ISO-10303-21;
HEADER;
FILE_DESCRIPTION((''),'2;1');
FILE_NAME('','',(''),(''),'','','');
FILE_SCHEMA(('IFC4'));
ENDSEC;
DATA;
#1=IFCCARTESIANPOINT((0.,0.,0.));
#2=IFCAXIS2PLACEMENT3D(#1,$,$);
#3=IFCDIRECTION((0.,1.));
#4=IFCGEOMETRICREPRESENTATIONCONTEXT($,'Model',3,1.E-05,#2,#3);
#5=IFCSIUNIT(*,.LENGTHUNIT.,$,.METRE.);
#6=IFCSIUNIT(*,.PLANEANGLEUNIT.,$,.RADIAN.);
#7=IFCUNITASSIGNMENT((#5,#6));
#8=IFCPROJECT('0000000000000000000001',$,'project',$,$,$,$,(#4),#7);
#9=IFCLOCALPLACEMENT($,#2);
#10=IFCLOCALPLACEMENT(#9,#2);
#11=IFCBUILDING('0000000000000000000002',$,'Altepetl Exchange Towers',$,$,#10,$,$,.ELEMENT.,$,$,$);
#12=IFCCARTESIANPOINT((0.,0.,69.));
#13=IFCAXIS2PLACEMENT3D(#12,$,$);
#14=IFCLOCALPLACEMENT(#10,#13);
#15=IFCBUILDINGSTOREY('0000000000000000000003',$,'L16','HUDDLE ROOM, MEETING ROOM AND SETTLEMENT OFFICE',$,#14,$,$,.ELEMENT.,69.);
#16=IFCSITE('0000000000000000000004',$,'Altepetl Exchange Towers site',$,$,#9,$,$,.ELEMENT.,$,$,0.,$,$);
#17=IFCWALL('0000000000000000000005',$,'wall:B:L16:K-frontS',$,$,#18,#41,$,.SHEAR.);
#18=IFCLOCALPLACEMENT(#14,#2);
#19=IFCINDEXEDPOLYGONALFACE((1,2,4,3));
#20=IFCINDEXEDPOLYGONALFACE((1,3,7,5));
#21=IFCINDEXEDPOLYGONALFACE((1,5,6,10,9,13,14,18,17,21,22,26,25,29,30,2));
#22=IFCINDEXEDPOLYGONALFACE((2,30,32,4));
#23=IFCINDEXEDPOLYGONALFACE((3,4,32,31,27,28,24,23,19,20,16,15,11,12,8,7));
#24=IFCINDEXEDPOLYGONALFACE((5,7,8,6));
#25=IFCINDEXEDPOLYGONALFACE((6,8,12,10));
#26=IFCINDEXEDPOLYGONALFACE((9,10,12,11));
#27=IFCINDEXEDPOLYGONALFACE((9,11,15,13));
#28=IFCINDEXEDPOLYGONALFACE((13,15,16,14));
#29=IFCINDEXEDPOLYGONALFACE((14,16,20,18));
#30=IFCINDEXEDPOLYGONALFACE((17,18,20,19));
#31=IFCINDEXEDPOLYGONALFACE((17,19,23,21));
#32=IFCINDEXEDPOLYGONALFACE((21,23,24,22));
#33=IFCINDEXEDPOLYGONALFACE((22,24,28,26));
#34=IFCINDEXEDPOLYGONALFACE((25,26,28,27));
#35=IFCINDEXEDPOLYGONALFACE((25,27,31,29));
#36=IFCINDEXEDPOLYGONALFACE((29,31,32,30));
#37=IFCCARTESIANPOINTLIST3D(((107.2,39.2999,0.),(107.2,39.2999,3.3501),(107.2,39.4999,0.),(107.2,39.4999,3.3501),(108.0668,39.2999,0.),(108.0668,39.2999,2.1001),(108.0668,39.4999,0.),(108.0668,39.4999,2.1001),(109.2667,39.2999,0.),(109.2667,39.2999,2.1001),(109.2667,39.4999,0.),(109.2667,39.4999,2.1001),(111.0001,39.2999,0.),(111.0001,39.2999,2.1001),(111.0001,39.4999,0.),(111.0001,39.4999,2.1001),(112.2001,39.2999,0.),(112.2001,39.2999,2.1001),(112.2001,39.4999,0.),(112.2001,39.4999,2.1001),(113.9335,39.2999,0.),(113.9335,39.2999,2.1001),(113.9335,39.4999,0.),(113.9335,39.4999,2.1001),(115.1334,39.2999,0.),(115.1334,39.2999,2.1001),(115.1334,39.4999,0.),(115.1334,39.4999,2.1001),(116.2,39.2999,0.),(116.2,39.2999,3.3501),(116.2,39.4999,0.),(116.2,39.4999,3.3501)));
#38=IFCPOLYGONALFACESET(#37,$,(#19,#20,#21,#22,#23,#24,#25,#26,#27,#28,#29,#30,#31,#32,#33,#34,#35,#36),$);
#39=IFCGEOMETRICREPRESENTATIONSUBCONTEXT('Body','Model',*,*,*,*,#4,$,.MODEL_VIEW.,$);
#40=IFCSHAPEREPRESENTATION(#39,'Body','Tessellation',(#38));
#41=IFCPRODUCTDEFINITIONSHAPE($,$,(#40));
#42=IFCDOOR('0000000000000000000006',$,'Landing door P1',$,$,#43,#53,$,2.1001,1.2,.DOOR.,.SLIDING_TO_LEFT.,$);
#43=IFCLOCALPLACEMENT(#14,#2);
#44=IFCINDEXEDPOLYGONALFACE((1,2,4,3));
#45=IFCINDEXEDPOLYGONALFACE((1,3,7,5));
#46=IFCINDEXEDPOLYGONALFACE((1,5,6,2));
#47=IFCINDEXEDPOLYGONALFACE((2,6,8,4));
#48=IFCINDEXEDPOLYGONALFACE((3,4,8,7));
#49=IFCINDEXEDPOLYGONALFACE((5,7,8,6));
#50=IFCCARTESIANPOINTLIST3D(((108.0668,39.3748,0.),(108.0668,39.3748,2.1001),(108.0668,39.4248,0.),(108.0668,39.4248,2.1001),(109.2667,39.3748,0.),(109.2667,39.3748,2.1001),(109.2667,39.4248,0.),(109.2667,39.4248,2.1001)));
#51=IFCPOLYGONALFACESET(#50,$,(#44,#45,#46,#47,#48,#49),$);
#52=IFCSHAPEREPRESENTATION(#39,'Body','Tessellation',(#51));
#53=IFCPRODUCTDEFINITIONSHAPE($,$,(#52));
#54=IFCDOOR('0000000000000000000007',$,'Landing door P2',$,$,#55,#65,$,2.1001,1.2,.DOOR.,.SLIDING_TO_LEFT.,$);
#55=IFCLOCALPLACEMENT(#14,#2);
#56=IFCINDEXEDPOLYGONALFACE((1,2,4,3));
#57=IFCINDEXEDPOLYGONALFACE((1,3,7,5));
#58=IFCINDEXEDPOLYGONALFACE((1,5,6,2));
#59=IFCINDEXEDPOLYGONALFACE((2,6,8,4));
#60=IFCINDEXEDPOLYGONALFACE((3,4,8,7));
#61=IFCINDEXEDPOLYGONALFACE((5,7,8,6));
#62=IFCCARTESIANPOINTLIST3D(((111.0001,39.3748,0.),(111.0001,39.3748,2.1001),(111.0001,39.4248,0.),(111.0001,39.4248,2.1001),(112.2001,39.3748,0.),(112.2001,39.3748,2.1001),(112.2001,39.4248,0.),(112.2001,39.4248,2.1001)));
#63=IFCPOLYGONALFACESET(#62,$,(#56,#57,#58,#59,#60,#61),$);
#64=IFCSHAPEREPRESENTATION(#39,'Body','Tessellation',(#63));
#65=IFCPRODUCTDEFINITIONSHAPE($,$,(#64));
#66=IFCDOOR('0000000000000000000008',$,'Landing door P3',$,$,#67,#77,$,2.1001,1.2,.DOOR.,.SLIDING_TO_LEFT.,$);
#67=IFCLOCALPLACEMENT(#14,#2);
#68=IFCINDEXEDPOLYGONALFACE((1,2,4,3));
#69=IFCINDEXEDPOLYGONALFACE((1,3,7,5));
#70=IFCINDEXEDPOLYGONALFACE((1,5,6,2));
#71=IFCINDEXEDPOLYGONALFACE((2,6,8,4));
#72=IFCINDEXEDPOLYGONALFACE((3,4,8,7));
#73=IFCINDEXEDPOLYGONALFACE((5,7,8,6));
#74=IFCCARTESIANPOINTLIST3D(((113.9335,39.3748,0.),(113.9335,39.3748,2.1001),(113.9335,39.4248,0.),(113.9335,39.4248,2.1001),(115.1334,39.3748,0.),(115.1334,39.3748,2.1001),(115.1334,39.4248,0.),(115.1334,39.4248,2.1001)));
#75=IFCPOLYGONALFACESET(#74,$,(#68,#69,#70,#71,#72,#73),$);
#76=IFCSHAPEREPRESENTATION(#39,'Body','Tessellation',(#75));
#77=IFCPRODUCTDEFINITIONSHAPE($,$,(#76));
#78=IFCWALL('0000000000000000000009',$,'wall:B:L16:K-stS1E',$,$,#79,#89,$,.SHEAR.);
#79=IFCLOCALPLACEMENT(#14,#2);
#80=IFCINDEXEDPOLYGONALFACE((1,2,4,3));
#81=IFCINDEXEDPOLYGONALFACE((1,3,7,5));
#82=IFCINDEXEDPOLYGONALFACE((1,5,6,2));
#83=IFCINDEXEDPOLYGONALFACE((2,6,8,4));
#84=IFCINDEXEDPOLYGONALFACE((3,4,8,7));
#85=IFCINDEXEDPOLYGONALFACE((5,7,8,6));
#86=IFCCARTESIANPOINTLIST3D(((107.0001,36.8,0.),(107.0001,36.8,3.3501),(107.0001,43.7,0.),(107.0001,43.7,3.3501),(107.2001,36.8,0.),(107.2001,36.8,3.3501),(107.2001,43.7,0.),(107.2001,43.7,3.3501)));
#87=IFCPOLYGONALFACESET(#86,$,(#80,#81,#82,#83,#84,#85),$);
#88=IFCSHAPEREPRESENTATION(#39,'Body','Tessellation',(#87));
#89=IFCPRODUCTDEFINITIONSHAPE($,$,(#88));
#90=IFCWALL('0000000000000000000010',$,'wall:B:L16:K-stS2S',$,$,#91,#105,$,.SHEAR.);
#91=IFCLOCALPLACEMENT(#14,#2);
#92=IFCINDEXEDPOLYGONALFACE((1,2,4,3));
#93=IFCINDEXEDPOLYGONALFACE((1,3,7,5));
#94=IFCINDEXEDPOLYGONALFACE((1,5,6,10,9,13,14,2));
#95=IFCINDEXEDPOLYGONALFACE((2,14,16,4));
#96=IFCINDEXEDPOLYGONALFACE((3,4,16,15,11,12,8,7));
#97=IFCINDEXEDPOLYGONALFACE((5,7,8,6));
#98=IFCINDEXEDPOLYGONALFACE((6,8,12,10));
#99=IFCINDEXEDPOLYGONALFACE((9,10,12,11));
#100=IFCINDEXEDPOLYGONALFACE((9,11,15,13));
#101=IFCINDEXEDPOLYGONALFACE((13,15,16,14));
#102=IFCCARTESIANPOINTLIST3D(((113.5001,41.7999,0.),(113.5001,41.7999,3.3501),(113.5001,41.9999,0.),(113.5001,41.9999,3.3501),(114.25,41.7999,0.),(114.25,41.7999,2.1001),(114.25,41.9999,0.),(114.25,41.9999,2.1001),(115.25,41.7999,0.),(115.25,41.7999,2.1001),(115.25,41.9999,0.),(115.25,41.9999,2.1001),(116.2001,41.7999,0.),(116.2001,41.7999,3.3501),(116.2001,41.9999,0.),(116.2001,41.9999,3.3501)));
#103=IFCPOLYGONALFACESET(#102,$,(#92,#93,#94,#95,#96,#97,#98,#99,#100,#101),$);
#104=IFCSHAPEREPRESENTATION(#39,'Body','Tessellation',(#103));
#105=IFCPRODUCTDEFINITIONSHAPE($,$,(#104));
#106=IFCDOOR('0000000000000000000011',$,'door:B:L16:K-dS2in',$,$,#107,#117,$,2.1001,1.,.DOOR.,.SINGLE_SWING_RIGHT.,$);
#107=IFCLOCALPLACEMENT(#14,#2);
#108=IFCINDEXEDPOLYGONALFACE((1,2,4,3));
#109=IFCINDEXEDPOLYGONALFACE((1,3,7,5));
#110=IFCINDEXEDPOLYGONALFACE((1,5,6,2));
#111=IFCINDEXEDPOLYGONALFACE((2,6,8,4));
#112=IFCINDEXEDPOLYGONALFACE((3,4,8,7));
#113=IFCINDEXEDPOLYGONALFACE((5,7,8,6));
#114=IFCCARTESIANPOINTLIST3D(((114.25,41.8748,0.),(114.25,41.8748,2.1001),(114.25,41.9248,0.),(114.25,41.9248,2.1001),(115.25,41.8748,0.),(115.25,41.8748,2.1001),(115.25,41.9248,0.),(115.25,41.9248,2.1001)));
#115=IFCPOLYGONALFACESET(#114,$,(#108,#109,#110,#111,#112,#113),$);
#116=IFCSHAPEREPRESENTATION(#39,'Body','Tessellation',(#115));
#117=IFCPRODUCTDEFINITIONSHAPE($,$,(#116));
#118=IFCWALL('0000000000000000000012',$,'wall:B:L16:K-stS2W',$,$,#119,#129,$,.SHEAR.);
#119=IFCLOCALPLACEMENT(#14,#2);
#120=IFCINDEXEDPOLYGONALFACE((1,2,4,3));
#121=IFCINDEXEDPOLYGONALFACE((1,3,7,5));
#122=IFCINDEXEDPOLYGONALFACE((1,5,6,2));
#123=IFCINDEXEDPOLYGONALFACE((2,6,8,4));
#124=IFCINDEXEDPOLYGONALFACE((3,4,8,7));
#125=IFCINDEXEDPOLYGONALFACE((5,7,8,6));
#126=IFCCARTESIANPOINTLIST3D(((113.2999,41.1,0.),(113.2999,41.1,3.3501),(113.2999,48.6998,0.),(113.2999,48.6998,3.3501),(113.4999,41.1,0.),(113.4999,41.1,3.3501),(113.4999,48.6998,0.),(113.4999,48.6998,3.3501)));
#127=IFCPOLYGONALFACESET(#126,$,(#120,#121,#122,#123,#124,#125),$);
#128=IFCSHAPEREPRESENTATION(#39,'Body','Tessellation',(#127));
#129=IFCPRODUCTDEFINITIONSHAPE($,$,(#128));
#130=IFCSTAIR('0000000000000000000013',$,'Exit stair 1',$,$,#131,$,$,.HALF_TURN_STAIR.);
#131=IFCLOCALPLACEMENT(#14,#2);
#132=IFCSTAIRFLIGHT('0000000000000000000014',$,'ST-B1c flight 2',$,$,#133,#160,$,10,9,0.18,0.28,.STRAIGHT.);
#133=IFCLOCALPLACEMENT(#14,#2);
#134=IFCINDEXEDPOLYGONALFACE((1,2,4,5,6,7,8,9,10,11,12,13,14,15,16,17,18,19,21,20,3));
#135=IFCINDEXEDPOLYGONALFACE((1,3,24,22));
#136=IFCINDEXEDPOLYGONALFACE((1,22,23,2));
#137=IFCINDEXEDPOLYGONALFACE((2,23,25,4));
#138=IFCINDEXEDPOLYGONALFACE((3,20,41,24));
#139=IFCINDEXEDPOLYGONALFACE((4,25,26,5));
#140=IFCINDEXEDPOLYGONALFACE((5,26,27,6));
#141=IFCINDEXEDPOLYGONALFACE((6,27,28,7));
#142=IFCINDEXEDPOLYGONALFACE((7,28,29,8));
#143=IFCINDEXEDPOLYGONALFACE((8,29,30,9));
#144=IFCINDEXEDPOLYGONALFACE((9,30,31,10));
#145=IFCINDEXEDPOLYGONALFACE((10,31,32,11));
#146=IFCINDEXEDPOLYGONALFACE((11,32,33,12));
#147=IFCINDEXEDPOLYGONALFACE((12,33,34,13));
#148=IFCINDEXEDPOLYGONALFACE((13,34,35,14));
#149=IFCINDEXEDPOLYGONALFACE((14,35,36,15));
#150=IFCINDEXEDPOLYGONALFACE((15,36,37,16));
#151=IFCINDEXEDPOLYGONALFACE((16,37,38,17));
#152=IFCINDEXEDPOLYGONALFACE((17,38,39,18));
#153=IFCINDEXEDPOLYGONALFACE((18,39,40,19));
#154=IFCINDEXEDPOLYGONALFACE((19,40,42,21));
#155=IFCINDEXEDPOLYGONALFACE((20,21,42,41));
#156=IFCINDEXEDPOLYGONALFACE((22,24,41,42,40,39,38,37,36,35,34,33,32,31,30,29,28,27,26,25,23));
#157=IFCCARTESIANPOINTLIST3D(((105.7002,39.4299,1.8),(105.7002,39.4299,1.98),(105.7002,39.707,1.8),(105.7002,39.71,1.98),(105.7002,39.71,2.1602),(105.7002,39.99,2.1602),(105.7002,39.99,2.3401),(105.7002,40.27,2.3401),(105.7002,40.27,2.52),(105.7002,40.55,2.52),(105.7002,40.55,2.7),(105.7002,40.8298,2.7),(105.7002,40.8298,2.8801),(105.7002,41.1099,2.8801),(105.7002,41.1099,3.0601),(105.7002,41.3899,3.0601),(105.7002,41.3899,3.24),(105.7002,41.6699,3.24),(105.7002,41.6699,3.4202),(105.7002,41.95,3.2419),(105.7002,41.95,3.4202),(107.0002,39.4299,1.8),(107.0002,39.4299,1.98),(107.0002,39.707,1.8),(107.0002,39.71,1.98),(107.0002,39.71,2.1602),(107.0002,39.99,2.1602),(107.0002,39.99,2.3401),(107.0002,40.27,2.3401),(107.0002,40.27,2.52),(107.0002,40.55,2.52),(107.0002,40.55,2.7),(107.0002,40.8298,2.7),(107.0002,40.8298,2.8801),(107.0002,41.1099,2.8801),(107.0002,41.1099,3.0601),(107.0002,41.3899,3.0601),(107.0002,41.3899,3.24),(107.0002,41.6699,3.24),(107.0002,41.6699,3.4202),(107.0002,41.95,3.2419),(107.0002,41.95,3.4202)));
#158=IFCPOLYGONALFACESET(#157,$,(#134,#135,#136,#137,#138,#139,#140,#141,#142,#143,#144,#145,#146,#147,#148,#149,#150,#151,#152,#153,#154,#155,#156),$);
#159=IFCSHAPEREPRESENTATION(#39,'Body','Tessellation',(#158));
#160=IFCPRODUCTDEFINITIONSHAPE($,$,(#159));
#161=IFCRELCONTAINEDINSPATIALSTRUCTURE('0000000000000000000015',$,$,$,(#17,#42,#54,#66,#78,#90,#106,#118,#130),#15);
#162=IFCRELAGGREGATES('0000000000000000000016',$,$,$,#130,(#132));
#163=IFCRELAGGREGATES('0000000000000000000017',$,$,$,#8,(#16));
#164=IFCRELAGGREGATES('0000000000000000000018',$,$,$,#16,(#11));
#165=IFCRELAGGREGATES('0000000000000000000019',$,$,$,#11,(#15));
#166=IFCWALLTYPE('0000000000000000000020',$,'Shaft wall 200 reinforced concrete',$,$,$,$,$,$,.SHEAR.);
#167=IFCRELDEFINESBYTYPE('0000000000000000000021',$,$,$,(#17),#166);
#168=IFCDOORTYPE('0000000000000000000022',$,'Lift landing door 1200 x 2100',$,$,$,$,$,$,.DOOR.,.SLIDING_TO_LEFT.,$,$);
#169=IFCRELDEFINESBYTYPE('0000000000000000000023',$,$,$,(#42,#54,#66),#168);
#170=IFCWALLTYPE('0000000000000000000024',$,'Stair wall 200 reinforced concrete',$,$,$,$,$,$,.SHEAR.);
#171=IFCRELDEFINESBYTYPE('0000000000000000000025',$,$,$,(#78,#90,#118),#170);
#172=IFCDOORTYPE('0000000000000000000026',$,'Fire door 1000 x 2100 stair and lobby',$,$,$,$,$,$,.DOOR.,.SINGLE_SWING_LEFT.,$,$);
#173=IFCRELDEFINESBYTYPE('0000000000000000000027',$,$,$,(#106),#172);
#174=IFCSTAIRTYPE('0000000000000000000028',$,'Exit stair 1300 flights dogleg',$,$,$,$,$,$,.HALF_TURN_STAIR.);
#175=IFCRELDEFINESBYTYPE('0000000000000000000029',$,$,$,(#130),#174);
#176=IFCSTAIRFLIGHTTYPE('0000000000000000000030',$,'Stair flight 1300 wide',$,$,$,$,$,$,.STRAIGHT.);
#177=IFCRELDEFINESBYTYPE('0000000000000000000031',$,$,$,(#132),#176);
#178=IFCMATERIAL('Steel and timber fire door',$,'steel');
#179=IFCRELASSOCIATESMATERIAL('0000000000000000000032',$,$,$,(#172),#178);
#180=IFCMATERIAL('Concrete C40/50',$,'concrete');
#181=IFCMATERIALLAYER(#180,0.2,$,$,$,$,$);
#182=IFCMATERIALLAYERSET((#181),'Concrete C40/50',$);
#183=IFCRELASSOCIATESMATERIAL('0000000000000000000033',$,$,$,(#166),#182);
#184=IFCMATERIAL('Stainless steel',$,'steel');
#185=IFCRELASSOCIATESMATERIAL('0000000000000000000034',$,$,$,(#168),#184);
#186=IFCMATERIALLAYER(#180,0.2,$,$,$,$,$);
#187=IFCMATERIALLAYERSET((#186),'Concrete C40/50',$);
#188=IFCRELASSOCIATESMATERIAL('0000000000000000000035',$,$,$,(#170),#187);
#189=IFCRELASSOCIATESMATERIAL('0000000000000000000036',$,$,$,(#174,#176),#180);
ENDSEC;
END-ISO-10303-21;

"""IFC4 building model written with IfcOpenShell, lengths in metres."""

from ifc_helpers import new_model, si_unit, direction, frame, frame_2d, origin, place, context, subcontext, project, spatial, polyline, rectangle, outline, extrude, material, layer, layer_set, type_object, element, fill, aggregate, save


model = new_model("IFC4")

# Units and contexts
model_context = context("Model", 3, precision=1e-05, world=origin(), true_north=direction((0.0, 1.0)))
body_context = subcontext(model_context, "Body", "Model", "MODEL_VIEW")
ifc_project = project(units=[si_unit("LENGTHUNIT", "METRE"), si_unit("PLANEANGLEUNIT", "RADIAN")], contexts=[model_context])

# Site, building, storey
site_placement = place(None, origin())
site = spatial("IfcSite", under=ifc_project, at=site_placement, Name="Altepetl Exchange Towers site", CompositionType="ELEMENT", RefElevation=0.0)
building_placement = place(site_placement, origin())
building = spatial("IfcBuilding", under=site, at=building_placement, Name="Altepetl Exchange Towers", CompositionType="ELEMENT")
storey_placement = place(building_placement, frame((0.0, 0.0, 69.0)))
storey = spatial("IfcBuildingStorey", under=building, at=storey_placement, Name="L16", Description="HUDDLE ROOM, MEETING ROOM AND SETTLEMENT OFFICE", CompositionType="ELEMENT", Elevation=69.0)

# Shared definitions
ifc_material_1 = material(Name="Steel and timber fire door", Category="steel")
door_type_1 = type_object("IfcDoorType", Name="Fire door 1000 x 2100 stair and lobby", OperationType="SINGLE_SWING_LEFT", PredefinedType="DOOR", material=ifc_material_1)

# Shared definitions
ifc_material_2 = material(Name="Concrete C40/50", Category="concrete")
ifc_layer_1 = layer(ifc_material_2, 0.2)
ifc_layer_set_1 = layer_set([ifc_layer_1], Name="Concrete C40/50")
wall_type_1 = type_object("IfcWallType", Name="Shaft wall 200 reinforced concrete", PredefinedType="SHEAR", material=ifc_layer_set_1)

# Wall, openings, doors
wall_1_placement = place(storey_placement, frame((107.2, 39.3999, 0.0)))
wall_1 = element("IfcWall", 1, at=wall_1_placement, inside=storey, type_object=wall_type_1, Name="wall:B:L16:K-frontS", PredefinedType="SHEAR", context=body_context, shape_type="SweptSolid", body=[
    extrude(rectangle(XDim=9.0, YDim=0.2, at=frame_2d((4.5, 0.0))), origin(), (0.0, 0.0, 1.0), 3.3501),
])
opening_1_placement = place(wall_1_placement, frame((0.8667, 0.0, 0.0)))
opening_1 = element("IfcOpeningElement", 2, at=opening_1_placement, cuts=wall_1, PredefinedType="OPENING", context=body_context, shape_type="SweptSolid", body=[
    extrude(rectangle(XDim=1.2, YDim=2.1001, at=frame_2d((0.6001, 1.05))), frame((0.0, 0.1099, 0.0), z_axis=(0.0, -1.0, 0.0), x_axis=(1.0, 0.0, 0.0)), (0.0, 0.0, 1.0), 0.22),
])
opening_2_placement = place(wall_1_placement, frame((3.8, 0.0, 0.0)))
opening_2 = element("IfcOpeningElement", 3, at=opening_2_placement, cuts=wall_1, PredefinedType="OPENING", context=body_context, shape_type="SweptSolid", body=[
    extrude(rectangle(XDim=1.2, YDim=2.1001, at=frame_2d((0.6001, 1.05))), frame((0.0, 0.1099, 0.0), z_axis=(0.0, -1.0, 0.0), x_axis=(1.0, 0.0, 0.0)), (0.0, 0.0, 1.0), 0.22),
])
opening_3_placement = place(wall_1_placement, frame((6.7334, 0.0, 0.0)))
opening_3 = element("IfcOpeningElement", 4, at=opening_3_placement, cuts=wall_1, PredefinedType="OPENING", context=body_context, shape_type="SweptSolid", body=[
    extrude(rectangle(XDim=1.2, YDim=2.1001, at=frame_2d((0.6001, 1.05))), frame((0.0, 0.1099, 0.0), z_axis=(0.0, -1.0, 0.0), x_axis=(1.0, 0.0, 0.0)), (0.0, 0.0, 1.0), 0.22),
])
ifc_material_3 = material(Name="Stainless steel", Category="steel")
door_type_2 = type_object("IfcDoorType", Name="Lift landing door 1200 x 2100", OperationType="SLIDING_TO_LEFT", PredefinedType="DOOR", material=ifc_material_3)
door_1_placement = place(opening_1_placement, origin())
door_1 = element("IfcDoor", 5, at=door_1_placement, inside=storey, type_object=door_type_2, Name="Landing door P1", OperationType="SLIDING_TO_LEFT", OverallHeight=2.1001, OverallWidth=1.2, PredefinedType="DOOR", context=body_context, shape_type="SweptSolid", body=[
    extrude(rectangle(XDim=1.2, YDim=2.1001, at=frame_2d((0.6001, 1.05))), frame((0.0, 0.0249, 0.0), z_axis=(0.0, -1.0, 0.0), x_axis=(1.0, 0.0, 0.0)), (0.0, 0.0, 1.0), 0.05),
])
fill(opening_1, door_1)
door_2_placement = place(opening_2_placement, origin())
door_2 = element("IfcDoor", 6, at=door_2_placement, inside=storey, type_object=door_type_2, Name="Landing door P2", OperationType="SLIDING_TO_LEFT", OverallHeight=2.1001, OverallWidth=1.2, PredefinedType="DOOR", context=body_context, shape_type="SweptSolid", body=[
    extrude(rectangle(XDim=1.2, YDim=2.1001, at=frame_2d((0.6001, 1.05))), frame((0.0, 0.0249, 0.0), z_axis=(0.0, -1.0, 0.0), x_axis=(1.0, 0.0, 0.0)), (0.0, 0.0, 1.0), 0.05),
])
fill(opening_2, door_2)
door_3_placement = place(opening_3_placement, origin())
door_3 = element("IfcDoor", 7, at=door_3_placement, inside=storey, type_object=door_type_2, Name="Landing door P3", OperationType="SLIDING_TO_LEFT", OverallHeight=2.1001, OverallWidth=1.2, PredefinedType="DOOR", context=body_context, shape_type="SweptSolid", body=[
    extrude(rectangle(XDim=1.2, YDim=2.1001, at=frame_2d((0.6001, 1.05))), frame((0.0, 0.0249, 0.0), z_axis=(0.0, -1.0, 0.0), x_axis=(1.0, 0.0, 0.0)), (0.0, 0.0, 1.0), 0.05),
])
fill(opening_3, door_3)

# Wall
ifc_layer_2 = layer(ifc_material_2, 0.2)
ifc_layer_set_2 = layer_set([ifc_layer_2], Name="Concrete C40/50")
wall_type_2 = type_object("IfcWallType", Name="Stair wall 200 reinforced concrete", PredefinedType="SHEAR", material=ifc_layer_set_2)
wall_2_placement = place(storey_placement, frame((107.1001, 36.8, 0.0), z_axis=(0.0, 0.0, 1.0), x_axis=(0.0, 1.0, 0.0)))
element("IfcWall", 8, at=wall_2_placement, inside=storey, type_object=wall_type_2, Name="wall:B:L16:K-stS1E", PredefinedType="SHEAR", context=body_context, shape_type="SweptSolid", body=[
    extrude(rectangle(XDim=6.8999, YDim=0.2, at=frame_2d((3.45, 0.0))), origin(), (0.0, 0.0, 1.0), 3.3501),
])

# Wall, opening, door
wall_3_placement = place(storey_placement, frame((113.5, 41.8999, 0.0)))
wall_3 = element("IfcWall", 9, at=wall_3_placement, inside=storey, type_object=wall_type_2, Name="wall:B:L16:K-stS2S", PredefinedType="SHEAR", context=body_context, shape_type="SweptSolid", body=[
    extrude(rectangle(XDim=2.7, YDim=0.2, at=frame_2d((1.3501, 0.0))), origin(), (0.0, 0.0, 1.0), 3.3501),
])
opening_4_placement = place(wall_3_placement, frame((0.75, 0.0, 0.0)))
opening_4 = element("IfcOpeningElement", 10, at=opening_4_placement, cuts=wall_3, PredefinedType="OPENING", context=body_context, shape_type="SweptSolid", body=[
    extrude(rectangle(XDim=1.0, YDim=2.1001, at=frame_2d((0.5, 1.05))), frame((0.0, 0.1099, 0.0), z_axis=(0.0, -1.0, 0.0), x_axis=(1.0, 0.0, 0.0)), (0.0, 0.0, 1.0), 0.22),
])
door_4_placement = place(opening_4_placement, origin())
door_4 = element("IfcDoor", 11, at=door_4_placement, inside=storey, type_object=door_type_1, Name="door:B:L16:K-dS2in", OperationType="SINGLE_SWING_RIGHT", OverallHeight=2.1001, OverallWidth=1.0, PredefinedType="DOOR", context=body_context, shape_type="SweptSolid", body=[
    extrude(rectangle(XDim=1.0, YDim=2.1001, at=frame_2d((0.5, 1.05))), frame((0.0, 0.0249, 0.0), z_axis=(0.0, -1.0, 0.0), x_axis=(1.0, 0.0, 0.0)), (0.0, 0.0, 1.0), 0.05),
])
fill(opening_4, door_4)

# Wall
wall_4_placement = place(storey_placement, frame((113.3999, 41.1001, 0.0), z_axis=(0.0, 0.0, 1.0), x_axis=(0.0, 1.0, 0.0)))
element("IfcWall", 12, at=wall_4_placement, inside=storey, type_object=wall_type_2, Name="wall:B:L16:K-stS2W", PredefinedType="SHEAR", context=body_context, shape_type="SweptSolid", body=[
    extrude(rectangle(XDim=7.5999, YDim=0.2, at=frame_2d((3.7998, 0.0))), origin(), (0.0, 0.0, 1.0), 3.3501),
])

# Stair, stair flight
stair_type = type_object("IfcStairType", Name="Exit stair 1300 flights dogleg", PredefinedType="HALF_TURN_STAIR", material=ifc_material_2)
stair_placement = place(storey_placement, origin())
stair = element("IfcStair", 13, at=stair_placement, inside=storey, type_object=stair_type, Name="Exit stair 1", PredefinedType="HALF_TURN_STAIR")
stair_flight_type = type_object("IfcStairFlightType", Name="Stair flight 1300 wide", PredefinedType="STRAIGHT", material=ifc_material_2)
stair_flight_placement = place(storey_placement, frame((106.3501, 39.4299, 1.8), z_axis=(0.0, 0.0, 1.0), x_axis=(0.0, 1.0, 0.0)))
stair_flight = element("IfcStairFlight", 14, at=stair_flight_placement, type_object=stair_flight_type, Name="ST-B1c flight 2", NumberOfRisers=10, NumberOfTreads=9, PredefinedType="STRAIGHT", RiserHeight=0.18, TreadLength=0.28, context=body_context, shape_type="SweptSolid", body=[
    extrude(outline(polyline([(0.0, 0.0), (0.0, 0.1799), (0.28, 0.1799), (0.28, 0.3601), (0.5601, 0.3601), (0.5601, 0.54), (0.8401, 0.54), (0.8401, 0.72), (1.1201, 0.72), (1.1201, 0.8999), (1.3999, 0.8999), (1.3999, 1.0801), (1.6799, 1.0801), (1.6799, 1.26), (1.96, 1.26), (1.96, 1.4399), (2.24, 1.4399), (2.24, 1.6201), (2.52, 1.6201), (2.52, 1.8), (2.52, 1.4419), (0.2771, 0.0), (0.0, 0.0)])), frame((0.0, 0.6499, 0.0), z_axis=(0.0, -1.0, 0.0), x_axis=(1.0, 0.0, 0.0)), (0.0, 0.0, 1.0), 1.3),
])
aggregate(stair, [stair_flight])

save(model, "model.ifc")
